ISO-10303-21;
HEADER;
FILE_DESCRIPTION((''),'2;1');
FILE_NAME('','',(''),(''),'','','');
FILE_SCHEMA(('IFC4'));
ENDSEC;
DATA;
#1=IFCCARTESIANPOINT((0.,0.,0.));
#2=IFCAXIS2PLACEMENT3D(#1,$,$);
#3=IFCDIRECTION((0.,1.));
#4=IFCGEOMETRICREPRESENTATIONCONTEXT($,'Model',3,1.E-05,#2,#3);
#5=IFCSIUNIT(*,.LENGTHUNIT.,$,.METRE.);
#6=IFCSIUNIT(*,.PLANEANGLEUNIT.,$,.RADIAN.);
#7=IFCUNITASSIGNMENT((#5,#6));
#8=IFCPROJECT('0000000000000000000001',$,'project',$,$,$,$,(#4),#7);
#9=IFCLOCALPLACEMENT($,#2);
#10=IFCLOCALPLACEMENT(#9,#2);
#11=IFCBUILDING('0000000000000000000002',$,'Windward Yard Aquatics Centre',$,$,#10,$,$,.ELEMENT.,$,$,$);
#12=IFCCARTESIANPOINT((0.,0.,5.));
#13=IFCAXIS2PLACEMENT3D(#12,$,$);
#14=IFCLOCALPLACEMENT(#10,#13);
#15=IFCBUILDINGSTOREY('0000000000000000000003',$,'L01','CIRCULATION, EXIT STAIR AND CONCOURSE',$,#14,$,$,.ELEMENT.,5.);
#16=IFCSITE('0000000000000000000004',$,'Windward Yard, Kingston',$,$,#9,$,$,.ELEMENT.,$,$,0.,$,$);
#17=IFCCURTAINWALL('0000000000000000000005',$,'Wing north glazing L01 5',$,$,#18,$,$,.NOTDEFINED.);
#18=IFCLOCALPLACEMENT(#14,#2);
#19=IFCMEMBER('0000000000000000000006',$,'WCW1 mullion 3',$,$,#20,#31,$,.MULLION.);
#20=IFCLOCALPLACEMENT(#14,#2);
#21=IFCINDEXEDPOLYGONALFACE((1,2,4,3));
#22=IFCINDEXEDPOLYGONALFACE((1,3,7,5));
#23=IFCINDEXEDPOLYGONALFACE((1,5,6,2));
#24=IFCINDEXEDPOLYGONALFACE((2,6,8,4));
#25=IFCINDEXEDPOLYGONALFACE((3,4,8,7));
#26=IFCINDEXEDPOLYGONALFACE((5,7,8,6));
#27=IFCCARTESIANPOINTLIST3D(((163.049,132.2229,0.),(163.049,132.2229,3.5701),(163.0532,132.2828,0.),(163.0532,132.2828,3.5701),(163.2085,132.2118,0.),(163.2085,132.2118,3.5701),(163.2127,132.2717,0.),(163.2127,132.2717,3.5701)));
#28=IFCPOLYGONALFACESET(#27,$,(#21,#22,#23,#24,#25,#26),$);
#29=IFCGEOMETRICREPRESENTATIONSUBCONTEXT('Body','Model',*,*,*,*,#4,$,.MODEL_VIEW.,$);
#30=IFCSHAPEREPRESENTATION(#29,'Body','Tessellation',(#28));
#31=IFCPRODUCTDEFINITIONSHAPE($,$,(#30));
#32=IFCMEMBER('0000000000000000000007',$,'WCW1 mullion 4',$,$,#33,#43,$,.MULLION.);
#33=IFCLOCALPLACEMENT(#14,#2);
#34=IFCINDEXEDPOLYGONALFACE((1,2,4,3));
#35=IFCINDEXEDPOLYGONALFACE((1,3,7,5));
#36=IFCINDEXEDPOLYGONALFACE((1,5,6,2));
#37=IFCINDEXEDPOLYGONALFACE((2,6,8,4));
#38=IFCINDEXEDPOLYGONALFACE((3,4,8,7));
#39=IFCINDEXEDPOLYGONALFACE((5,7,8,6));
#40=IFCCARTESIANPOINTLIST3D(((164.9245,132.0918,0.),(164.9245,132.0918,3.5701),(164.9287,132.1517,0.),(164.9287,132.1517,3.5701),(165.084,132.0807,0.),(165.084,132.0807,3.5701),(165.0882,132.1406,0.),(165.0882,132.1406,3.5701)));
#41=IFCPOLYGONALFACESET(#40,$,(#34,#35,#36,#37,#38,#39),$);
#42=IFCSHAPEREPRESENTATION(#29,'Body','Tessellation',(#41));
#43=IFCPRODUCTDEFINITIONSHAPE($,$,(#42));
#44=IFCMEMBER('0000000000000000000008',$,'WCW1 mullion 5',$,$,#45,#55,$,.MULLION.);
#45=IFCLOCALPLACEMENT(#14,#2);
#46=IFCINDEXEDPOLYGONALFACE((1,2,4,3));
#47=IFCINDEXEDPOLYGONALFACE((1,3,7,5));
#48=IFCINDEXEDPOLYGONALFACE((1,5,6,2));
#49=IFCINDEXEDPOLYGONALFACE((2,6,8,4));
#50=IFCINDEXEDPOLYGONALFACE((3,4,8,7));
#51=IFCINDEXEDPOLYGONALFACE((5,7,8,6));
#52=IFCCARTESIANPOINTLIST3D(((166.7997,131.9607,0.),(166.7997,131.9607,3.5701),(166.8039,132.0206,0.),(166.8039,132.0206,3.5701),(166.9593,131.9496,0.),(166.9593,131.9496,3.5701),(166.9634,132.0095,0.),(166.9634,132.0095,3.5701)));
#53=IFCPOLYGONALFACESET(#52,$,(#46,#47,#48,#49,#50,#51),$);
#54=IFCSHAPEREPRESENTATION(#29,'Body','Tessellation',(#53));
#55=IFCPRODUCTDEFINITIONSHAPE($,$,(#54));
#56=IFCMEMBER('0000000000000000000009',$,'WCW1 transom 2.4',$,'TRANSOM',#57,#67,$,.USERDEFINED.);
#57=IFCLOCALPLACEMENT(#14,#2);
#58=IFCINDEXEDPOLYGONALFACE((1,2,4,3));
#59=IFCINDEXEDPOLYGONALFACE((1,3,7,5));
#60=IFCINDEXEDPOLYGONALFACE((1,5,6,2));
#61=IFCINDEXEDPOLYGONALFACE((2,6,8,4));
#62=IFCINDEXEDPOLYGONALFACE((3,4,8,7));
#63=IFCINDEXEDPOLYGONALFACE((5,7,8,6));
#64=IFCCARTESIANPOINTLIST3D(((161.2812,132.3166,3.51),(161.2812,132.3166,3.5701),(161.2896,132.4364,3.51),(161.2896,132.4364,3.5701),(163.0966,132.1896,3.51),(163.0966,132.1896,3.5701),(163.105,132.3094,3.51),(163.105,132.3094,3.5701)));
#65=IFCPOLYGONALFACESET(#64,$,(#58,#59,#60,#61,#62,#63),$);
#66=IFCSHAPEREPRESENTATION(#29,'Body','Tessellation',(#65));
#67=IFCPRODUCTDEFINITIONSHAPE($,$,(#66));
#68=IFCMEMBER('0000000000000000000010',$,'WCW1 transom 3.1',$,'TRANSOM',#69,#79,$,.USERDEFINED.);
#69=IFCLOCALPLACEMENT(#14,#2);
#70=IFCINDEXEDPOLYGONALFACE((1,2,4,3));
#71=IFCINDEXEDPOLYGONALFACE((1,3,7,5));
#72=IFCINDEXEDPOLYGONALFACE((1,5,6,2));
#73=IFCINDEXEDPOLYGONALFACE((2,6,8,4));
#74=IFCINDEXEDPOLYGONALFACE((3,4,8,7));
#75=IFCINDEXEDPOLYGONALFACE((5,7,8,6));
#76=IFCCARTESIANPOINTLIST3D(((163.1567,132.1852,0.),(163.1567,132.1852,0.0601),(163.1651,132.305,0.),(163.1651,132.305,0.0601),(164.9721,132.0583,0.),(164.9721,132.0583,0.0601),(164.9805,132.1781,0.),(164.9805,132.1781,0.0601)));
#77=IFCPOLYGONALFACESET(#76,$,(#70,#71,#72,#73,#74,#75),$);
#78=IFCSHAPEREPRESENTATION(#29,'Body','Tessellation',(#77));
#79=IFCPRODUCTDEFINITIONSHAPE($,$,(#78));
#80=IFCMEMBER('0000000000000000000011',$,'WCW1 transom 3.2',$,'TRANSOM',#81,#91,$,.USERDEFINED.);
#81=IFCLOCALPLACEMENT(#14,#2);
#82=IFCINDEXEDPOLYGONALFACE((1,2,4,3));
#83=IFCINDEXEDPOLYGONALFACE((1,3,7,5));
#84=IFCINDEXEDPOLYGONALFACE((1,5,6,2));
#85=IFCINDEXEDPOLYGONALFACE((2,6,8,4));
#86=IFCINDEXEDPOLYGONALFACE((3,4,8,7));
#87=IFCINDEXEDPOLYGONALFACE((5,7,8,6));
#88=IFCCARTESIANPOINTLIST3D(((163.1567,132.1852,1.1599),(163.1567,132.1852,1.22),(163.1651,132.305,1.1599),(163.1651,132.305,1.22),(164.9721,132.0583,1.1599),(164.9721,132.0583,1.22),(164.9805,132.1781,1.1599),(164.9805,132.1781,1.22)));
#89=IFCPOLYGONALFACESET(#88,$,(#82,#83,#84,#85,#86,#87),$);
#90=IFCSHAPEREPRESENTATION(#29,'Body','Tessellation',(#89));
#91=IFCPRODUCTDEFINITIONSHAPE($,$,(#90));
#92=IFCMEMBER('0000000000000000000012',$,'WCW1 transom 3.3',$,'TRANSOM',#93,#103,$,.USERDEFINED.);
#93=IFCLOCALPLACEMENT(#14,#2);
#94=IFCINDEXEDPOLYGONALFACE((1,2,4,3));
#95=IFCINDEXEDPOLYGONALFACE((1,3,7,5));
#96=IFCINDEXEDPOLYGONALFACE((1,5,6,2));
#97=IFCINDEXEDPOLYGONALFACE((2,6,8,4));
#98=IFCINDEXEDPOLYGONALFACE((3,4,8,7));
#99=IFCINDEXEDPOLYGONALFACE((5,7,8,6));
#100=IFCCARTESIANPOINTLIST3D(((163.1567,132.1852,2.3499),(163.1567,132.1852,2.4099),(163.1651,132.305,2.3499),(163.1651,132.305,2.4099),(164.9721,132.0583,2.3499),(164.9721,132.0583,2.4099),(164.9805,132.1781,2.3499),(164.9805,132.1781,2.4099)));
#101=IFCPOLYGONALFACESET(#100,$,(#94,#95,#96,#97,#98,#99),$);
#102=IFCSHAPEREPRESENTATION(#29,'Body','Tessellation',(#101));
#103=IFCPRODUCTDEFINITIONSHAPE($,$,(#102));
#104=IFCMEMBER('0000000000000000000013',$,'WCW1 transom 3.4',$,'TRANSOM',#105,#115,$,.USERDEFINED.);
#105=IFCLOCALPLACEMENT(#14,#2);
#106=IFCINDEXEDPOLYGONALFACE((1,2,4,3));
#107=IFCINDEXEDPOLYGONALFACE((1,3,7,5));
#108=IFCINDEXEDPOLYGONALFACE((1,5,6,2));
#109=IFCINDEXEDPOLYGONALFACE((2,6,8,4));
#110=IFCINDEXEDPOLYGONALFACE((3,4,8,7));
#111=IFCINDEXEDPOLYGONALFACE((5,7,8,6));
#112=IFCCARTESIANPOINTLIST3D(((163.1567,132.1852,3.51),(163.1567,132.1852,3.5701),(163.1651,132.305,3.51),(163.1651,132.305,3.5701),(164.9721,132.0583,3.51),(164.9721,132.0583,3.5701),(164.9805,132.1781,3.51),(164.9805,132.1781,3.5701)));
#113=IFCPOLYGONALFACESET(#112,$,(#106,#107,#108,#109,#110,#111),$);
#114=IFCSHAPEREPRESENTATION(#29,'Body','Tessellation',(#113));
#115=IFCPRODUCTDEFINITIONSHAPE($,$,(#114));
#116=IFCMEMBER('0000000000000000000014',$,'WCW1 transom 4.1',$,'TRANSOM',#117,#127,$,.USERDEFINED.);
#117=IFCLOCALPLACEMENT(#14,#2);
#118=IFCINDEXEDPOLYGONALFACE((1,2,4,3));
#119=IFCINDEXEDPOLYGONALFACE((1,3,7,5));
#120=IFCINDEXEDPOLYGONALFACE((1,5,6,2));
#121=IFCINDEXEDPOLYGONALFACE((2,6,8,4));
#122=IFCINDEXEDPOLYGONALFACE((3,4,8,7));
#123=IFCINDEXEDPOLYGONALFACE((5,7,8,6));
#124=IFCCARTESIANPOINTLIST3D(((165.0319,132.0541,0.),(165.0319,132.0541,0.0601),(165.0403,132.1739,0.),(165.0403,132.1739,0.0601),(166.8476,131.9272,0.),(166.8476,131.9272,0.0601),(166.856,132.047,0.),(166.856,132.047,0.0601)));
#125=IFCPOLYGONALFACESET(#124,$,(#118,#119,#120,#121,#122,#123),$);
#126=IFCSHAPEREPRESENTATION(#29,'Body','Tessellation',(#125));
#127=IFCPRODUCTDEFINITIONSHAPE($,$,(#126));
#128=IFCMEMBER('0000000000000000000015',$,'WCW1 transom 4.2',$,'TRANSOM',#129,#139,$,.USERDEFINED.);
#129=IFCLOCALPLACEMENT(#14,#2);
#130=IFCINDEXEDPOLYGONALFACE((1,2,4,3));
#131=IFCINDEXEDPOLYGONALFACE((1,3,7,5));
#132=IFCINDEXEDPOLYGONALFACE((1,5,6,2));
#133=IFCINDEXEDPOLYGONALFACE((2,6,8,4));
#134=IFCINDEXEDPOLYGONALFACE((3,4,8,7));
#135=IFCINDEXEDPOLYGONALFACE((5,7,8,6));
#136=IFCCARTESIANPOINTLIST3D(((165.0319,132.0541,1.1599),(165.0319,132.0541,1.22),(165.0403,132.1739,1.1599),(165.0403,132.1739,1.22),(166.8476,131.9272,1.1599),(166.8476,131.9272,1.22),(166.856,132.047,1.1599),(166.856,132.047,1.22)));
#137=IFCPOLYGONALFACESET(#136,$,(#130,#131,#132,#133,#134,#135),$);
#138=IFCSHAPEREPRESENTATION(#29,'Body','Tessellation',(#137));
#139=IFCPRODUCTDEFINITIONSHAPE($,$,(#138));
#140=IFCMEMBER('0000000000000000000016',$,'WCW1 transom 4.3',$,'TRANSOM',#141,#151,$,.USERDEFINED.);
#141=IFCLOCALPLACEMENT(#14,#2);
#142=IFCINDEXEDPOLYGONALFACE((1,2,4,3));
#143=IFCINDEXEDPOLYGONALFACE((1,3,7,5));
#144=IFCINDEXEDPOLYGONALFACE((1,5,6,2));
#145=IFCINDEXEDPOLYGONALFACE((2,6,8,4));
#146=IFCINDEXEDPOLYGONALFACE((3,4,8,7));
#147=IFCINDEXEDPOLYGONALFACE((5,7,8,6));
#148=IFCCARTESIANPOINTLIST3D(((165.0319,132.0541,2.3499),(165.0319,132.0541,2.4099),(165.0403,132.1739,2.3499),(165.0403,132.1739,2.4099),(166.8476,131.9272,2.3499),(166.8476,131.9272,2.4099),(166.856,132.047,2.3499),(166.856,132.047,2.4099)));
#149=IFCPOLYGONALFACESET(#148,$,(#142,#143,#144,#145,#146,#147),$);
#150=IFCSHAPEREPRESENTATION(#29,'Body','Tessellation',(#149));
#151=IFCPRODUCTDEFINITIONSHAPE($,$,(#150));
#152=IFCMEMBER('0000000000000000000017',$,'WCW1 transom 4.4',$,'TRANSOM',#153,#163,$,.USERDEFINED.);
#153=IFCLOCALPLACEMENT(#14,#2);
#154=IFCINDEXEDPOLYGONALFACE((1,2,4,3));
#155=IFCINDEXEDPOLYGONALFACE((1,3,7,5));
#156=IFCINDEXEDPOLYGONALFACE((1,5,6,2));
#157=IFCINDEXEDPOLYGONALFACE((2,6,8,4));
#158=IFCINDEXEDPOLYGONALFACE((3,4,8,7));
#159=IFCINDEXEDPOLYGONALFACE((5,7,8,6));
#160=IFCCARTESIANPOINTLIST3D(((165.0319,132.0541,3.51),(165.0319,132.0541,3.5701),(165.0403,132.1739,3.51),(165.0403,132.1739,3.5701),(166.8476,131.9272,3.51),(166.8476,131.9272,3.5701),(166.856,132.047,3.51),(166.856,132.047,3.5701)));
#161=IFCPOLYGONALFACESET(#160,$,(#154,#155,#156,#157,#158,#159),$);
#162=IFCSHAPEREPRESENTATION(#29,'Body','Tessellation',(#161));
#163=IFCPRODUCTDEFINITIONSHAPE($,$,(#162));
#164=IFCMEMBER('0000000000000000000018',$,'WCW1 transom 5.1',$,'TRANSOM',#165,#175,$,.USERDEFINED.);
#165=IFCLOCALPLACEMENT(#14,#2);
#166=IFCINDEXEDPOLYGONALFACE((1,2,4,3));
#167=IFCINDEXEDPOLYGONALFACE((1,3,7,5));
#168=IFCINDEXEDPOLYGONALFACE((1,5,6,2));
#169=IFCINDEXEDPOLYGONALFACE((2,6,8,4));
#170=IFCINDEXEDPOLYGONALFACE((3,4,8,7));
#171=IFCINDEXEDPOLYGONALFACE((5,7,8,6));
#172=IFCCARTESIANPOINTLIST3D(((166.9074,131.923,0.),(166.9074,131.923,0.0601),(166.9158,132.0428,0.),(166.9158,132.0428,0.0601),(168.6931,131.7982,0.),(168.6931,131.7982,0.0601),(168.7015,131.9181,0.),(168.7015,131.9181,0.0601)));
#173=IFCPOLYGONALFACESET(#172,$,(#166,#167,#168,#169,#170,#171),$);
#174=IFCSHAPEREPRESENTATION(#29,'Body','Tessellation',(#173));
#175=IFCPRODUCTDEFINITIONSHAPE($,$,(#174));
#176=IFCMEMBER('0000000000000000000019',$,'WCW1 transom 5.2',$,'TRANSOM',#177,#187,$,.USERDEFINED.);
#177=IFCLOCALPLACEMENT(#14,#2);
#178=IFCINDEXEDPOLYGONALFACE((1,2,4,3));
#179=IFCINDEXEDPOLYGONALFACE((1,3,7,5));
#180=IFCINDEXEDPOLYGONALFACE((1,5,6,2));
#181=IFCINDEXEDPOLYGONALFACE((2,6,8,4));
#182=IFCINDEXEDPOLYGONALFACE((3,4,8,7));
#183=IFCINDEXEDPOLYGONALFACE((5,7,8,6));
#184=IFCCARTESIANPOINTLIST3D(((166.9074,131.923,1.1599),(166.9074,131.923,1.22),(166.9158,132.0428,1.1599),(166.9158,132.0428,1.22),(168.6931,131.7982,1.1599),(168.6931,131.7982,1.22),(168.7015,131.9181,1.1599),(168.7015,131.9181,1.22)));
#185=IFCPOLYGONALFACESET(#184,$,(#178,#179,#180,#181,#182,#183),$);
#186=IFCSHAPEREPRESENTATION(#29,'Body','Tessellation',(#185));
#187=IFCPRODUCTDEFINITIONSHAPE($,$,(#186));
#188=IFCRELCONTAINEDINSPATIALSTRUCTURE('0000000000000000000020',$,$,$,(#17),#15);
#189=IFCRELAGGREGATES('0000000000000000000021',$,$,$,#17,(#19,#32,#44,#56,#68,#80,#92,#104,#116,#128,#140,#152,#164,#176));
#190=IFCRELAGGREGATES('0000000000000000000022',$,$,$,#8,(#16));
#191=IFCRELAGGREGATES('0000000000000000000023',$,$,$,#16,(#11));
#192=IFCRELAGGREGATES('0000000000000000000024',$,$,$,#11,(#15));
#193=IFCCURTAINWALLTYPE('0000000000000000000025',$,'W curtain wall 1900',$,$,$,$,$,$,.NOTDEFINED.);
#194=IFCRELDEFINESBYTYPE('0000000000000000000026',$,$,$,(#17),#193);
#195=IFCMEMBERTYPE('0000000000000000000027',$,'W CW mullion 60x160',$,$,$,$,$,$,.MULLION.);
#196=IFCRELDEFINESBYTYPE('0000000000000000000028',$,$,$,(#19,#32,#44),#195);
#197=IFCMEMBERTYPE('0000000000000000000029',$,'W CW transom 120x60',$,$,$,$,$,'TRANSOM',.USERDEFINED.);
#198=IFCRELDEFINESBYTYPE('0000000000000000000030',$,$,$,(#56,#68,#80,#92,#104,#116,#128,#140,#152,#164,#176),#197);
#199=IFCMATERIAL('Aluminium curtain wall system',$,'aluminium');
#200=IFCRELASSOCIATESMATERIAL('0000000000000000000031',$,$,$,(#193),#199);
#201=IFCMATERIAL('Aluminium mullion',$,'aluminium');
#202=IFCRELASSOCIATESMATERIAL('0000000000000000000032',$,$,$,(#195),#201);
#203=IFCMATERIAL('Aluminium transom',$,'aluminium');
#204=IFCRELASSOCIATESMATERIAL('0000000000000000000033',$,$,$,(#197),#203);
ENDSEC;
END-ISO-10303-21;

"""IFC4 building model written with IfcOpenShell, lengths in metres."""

from ifc_helpers import new_model, si_unit, direction, frame, origin, origin_2d, place, context, subcontext, project, spatial, rectangle, extrude, material, material_profile, profile_set, type_object, element, aggregate, save


model = new_model("IFC4")

# Units and contexts
model_context = context("Model", 3, precision=1e-05, world=origin(), true_north=direction((0.0, 1.0)))
body_context = subcontext(model_context, "Body", "Model", "MODEL_VIEW")
ifc_project = project(units=[si_unit("LENGTHUNIT", "METRE"), si_unit("PLANEANGLEUNIT", "RADIAN")], contexts=[model_context])

# Site, building, storey
site_placement = place(None, origin())
site = spatial("IfcSite", under=ifc_project, at=site_placement, Name="Windward Yard, Kingston", CompositionType="ELEMENT", RefElevation=0.0)
building_placement = place(site_placement, origin())
building = spatial("IfcBuilding", under=site, at=building_placement, Name="Windward Yard Aquatics Centre", CompositionType="ELEMENT")
storey_placement = place(building_placement, frame((0.0, 0.0, 5.0)))
storey = spatial("IfcBuildingStorey", under=building, at=storey_placement, Name="L01", Description="CIRCULATION, EXIT STAIR AND CONCOURSE", CompositionType="ELEMENT", Elevation=5.0)

# Curtain wall, members
ifc_material_1 = material(Name="Aluminium curtain wall system", Category="aluminium")
curtain_wall_type = type_object("IfcCurtainWallType", Name="W curtain wall 1900", PredefinedType="NOTDEFINED", material=ifc_material_1)
curtain_wall_placement = place(storey_placement, origin())
curtain_wall = element("IfcCurtainWall", 1, at=curtain_wall_placement, inside=storey, type_object=curtain_wall_type, Name="Wing north glazing L01 5", PredefinedType="NOTDEFINED")
ifc_material_2 = material(Name="Aluminium mullion", Category="aluminium")
ifc_material_profile_1 = material_profile(ifc_material_2, rectangle(XDim=0.0601, YDim=0.1599, at=origin_2d()), Name="AL 60x160")
ifc_profile_set_1 = profile_set([ifc_material_profile_1], Name="Aluminium mullion")
member_type_1 = type_object("IfcMemberType", Name="W CW mullion 60x160", PredefinedType="MULLION", material=ifc_profile_set_1)
member_1_placement = place(storey_placement, frame((163.1309, 132.2473, 0.0), z_axis=(0.0, 0.0, 1.0), x_axis=(0.069755, 0.997564, 0.0)))
member_1 = element("IfcMember", 2, at=member_1_placement, type_object=member_type_1, Name="WCW1 mullion 3", PredefinedType="MULLION", context=body_context, shape_type="SweptSolid", body=[
    extrude(rectangle(XDim=0.0601, YDim=0.1599, at=origin_2d()), origin(), (0.0, 0.0, 1.0), 3.5701),
])
member_2_placement = place(storey_placement, frame((165.0063, 132.1162, 0.0), z_axis=(0.0, 0.0, 1.0), x_axis=(0.069755, 0.997564, 0.0)))
member_2 = element("IfcMember", 3, at=member_2_placement, type_object=member_type_1, Name="WCW1 mullion 4", PredefinedType="MULLION", context=body_context, shape_type="SweptSolid", body=[
    extrude(rectangle(XDim=0.0601, YDim=0.1599, at=origin_2d()), origin(), (0.0, 0.0, 1.0), 3.5701),
])
member_3_placement = place(storey_placement, frame((166.8816, 131.9851, 0.0), z_axis=(0.0, 0.0, 1.0), x_axis=(0.069755, 0.997564, 0.0)))
member_3 = element("IfcMember", 4, at=member_3_placement, type_object=member_type_1, Name="WCW1 mullion 5", PredefinedType="MULLION", context=body_context, shape_type="SweptSolid", body=[
    extrude(rectangle(XDim=0.0601, YDim=0.1599, at=origin_2d()), origin(), (0.0, 0.0, 1.0), 3.5701),
])
ifc_material_3 = material(Name="Aluminium transom", Category="aluminium")
ifc_material_profile_2 = material_profile(ifc_material_3, rectangle(XDim=0.1201, YDim=0.0601, at=origin_2d()), Name="AL 120x60")
ifc_profile_set_2 = profile_set([ifc_material_profile_2], Name="Aluminium transom")
member_type_2 = type_object("IfcMemberType", Name="W CW transom 120x60", ElementType="TRANSOM", PredefinedType="USERDEFINED", material=ifc_profile_set_2)
member_4_placement = place(storey_placement, frame((161.2854, 132.3765, 3.54), z_axis=(0.997564, -0.06976, 0.0), x_axis=(0.06976, 0.997564, 0.0)))
member_4 = element("IfcMember", 5, at=member_4_placement, type_object=member_type_2, Name="WCW1 transom 2.4", ObjectType="TRANSOM", PredefinedType="USERDEFINED", context=body_context, shape_type="SweptSolid", body=[
    extrude(rectangle(XDim=0.1201, YDim=0.0601, at=origin_2d()), origin(), (0.0, 0.0, 1.0), 1.8198),
])
member_5_placement = place(storey_placement, frame((163.1609, 132.2451, 0.03), z_axis=(0.997564, -0.06976, 0.0), x_axis=(0.06976, 0.997564, 0.0)))
member_5 = element("IfcMember", 6, at=member_5_placement, type_object=member_type_2, Name="WCW1 transom 3.1", ObjectType="TRANSOM", PredefinedType="USERDEFINED", context=body_context, shape_type="SweptSolid", body=[
    extrude(rectangle(XDim=0.1201, YDim=0.0601, at=origin_2d()), origin(), (0.0, 0.0, 1.0), 1.8198),
])
member_6_placement = place(storey_placement, frame((163.1609, 132.2451, 1.1899), z_axis=(0.997564, -0.06976, 0.0), x_axis=(0.06976, 0.997564, 0.0)))
member_6 = element("IfcMember", 7, at=member_6_placement, type_object=member_type_2, Name="WCW1 transom 3.2", ObjectType="TRANSOM", PredefinedType="USERDEFINED", context=body_context, shape_type="SweptSolid", body=[
    extrude(rectangle(XDim=0.1201, YDim=0.0601, at=origin_2d()), origin(), (0.0, 0.0, 1.0), 1.8198),
])
member_7_placement = place(storey_placement, frame((163.1609, 132.2451, 2.3799), z_axis=(0.997564, -0.06976, 0.0), x_axis=(0.06976, 0.997564, 0.0)))
member_7 = element("IfcMember", 8, at=member_7_placement, type_object=member_type_2, Name="WCW1 transom 3.3", ObjectType="TRANSOM", PredefinedType="USERDEFINED", context=body_context, shape_type="SweptSolid", body=[
    extrude(rectangle(XDim=0.1201, YDim=0.0601, at=origin_2d()), origin(), (0.0, 0.0, 1.0), 1.8198),
])
member_8_placement = place(storey_placement, frame((163.1609, 132.2451, 3.54), z_axis=(0.997564, -0.06976, 0.0), x_axis=(0.06976, 0.997564, 0.0)))
member_8 = element("IfcMember", 9, at=member_8_placement, type_object=member_type_2, Name="WCW1 transom 3.4", ObjectType="TRANSOM", PredefinedType="USERDEFINED", context=body_context, shape_type="SweptSolid", body=[
    extrude(rectangle(XDim=0.1201, YDim=0.0601, at=origin_2d()), origin(), (0.0, 0.0, 1.0), 1.8198),
])
member_9_placement = place(storey_placement, frame((165.0361, 132.114, 0.03), z_axis=(0.997564, -0.06975, 0.0), x_axis=(0.06975, 0.997564, 0.0)))
member_9 = element("IfcMember", 10, at=member_9_placement, type_object=member_type_2, Name="WCW1 transom 4.1", ObjectType="TRANSOM", PredefinedType="USERDEFINED", context=body_context, shape_type="SweptSolid", body=[
    extrude(rectangle(XDim=0.1201, YDim=0.0601, at=origin_2d()), origin(), (0.0, 0.0, 1.0), 1.8201),
])
member_10_placement = place(storey_placement, frame((165.0361, 132.114, 1.1899), z_axis=(0.997564, -0.06975, 0.0), x_axis=(0.06975, 0.997564, 0.0)))
member_10 = element("IfcMember", 11, at=member_10_placement, type_object=member_type_2, Name="WCW1 transom 4.2", ObjectType="TRANSOM", PredefinedType="USERDEFINED", context=body_context, shape_type="SweptSolid", body=[
    extrude(rectangle(XDim=0.1201, YDim=0.0601, at=origin_2d()), origin(), (0.0, 0.0, 1.0), 1.8201),
])
member_11_placement = place(storey_placement, frame((165.0361, 132.114, 2.3799), z_axis=(0.997564, -0.06975, 0.0), x_axis=(0.06975, 0.997564, 0.0)))
member_11 = element("IfcMember", 12, at=member_11_placement, type_object=member_type_2, Name="WCW1 transom 4.3", ObjectType="TRANSOM", PredefinedType="USERDEFINED", context=body_context, shape_type="SweptSolid", body=[
    extrude(rectangle(XDim=0.1201, YDim=0.0601, at=origin_2d()), origin(), (0.0, 0.0, 1.0), 1.8201),
])
member_12_placement = place(storey_placement, frame((165.0361, 132.114, 3.54), z_axis=(0.997564, -0.06975, 0.0), x_axis=(0.06975, 0.997564, 0.0)))
member_12 = element("IfcMember", 13, at=member_12_placement, type_object=member_type_2, Name="WCW1 transom 4.4", ObjectType="TRANSOM", PredefinedType="USERDEFINED", context=body_context, shape_type="SweptSolid", body=[
    extrude(rectangle(XDim=0.1201, YDim=0.0601, at=origin_2d()), origin(), (0.0, 0.0, 1.0), 1.8201),
])
member_13_placement = place(storey_placement, frame((166.9116, 131.9829, 0.03), z_axis=(0.997568, -0.069696, 0.0), x_axis=(0.069696, 0.997568, 0.0)))
member_13 = element("IfcMember", 14, at=member_13_placement, type_object=member_type_2, Name="WCW1 transom 5.1", ObjectType="TRANSOM", PredefinedType="USERDEFINED", context=body_context, shape_type="SweptSolid", body=[
    extrude(rectangle(XDim=0.1201, YDim=0.0601, at=origin_2d()), origin(), (0.0, 0.0, 1.0), 1.79),
])
member_14_placement = place(storey_placement, frame((166.9116, 131.9829, 1.1899), z_axis=(0.997568, -0.069696, 0.0), x_axis=(0.069696, 0.997568, 0.0)))
member_14 = element("IfcMember", 15, at=member_14_placement, type_object=member_type_2, Name="WCW1 transom 5.2", ObjectType="TRANSOM", PredefinedType="USERDEFINED", context=body_context, shape_type="SweptSolid", body=[
    extrude(rectangle(XDim=0.1201, YDim=0.0601, at=origin_2d()), origin(), (0.0, 0.0, 1.0), 1.79),
])
aggregate(curtain_wall, [member_1, member_2, member_3, member_4, member_5, member_6, member_7, member_8, member_9, member_10, member_11, member_12, member_13, member_14])

save(model, "model.ifc")
